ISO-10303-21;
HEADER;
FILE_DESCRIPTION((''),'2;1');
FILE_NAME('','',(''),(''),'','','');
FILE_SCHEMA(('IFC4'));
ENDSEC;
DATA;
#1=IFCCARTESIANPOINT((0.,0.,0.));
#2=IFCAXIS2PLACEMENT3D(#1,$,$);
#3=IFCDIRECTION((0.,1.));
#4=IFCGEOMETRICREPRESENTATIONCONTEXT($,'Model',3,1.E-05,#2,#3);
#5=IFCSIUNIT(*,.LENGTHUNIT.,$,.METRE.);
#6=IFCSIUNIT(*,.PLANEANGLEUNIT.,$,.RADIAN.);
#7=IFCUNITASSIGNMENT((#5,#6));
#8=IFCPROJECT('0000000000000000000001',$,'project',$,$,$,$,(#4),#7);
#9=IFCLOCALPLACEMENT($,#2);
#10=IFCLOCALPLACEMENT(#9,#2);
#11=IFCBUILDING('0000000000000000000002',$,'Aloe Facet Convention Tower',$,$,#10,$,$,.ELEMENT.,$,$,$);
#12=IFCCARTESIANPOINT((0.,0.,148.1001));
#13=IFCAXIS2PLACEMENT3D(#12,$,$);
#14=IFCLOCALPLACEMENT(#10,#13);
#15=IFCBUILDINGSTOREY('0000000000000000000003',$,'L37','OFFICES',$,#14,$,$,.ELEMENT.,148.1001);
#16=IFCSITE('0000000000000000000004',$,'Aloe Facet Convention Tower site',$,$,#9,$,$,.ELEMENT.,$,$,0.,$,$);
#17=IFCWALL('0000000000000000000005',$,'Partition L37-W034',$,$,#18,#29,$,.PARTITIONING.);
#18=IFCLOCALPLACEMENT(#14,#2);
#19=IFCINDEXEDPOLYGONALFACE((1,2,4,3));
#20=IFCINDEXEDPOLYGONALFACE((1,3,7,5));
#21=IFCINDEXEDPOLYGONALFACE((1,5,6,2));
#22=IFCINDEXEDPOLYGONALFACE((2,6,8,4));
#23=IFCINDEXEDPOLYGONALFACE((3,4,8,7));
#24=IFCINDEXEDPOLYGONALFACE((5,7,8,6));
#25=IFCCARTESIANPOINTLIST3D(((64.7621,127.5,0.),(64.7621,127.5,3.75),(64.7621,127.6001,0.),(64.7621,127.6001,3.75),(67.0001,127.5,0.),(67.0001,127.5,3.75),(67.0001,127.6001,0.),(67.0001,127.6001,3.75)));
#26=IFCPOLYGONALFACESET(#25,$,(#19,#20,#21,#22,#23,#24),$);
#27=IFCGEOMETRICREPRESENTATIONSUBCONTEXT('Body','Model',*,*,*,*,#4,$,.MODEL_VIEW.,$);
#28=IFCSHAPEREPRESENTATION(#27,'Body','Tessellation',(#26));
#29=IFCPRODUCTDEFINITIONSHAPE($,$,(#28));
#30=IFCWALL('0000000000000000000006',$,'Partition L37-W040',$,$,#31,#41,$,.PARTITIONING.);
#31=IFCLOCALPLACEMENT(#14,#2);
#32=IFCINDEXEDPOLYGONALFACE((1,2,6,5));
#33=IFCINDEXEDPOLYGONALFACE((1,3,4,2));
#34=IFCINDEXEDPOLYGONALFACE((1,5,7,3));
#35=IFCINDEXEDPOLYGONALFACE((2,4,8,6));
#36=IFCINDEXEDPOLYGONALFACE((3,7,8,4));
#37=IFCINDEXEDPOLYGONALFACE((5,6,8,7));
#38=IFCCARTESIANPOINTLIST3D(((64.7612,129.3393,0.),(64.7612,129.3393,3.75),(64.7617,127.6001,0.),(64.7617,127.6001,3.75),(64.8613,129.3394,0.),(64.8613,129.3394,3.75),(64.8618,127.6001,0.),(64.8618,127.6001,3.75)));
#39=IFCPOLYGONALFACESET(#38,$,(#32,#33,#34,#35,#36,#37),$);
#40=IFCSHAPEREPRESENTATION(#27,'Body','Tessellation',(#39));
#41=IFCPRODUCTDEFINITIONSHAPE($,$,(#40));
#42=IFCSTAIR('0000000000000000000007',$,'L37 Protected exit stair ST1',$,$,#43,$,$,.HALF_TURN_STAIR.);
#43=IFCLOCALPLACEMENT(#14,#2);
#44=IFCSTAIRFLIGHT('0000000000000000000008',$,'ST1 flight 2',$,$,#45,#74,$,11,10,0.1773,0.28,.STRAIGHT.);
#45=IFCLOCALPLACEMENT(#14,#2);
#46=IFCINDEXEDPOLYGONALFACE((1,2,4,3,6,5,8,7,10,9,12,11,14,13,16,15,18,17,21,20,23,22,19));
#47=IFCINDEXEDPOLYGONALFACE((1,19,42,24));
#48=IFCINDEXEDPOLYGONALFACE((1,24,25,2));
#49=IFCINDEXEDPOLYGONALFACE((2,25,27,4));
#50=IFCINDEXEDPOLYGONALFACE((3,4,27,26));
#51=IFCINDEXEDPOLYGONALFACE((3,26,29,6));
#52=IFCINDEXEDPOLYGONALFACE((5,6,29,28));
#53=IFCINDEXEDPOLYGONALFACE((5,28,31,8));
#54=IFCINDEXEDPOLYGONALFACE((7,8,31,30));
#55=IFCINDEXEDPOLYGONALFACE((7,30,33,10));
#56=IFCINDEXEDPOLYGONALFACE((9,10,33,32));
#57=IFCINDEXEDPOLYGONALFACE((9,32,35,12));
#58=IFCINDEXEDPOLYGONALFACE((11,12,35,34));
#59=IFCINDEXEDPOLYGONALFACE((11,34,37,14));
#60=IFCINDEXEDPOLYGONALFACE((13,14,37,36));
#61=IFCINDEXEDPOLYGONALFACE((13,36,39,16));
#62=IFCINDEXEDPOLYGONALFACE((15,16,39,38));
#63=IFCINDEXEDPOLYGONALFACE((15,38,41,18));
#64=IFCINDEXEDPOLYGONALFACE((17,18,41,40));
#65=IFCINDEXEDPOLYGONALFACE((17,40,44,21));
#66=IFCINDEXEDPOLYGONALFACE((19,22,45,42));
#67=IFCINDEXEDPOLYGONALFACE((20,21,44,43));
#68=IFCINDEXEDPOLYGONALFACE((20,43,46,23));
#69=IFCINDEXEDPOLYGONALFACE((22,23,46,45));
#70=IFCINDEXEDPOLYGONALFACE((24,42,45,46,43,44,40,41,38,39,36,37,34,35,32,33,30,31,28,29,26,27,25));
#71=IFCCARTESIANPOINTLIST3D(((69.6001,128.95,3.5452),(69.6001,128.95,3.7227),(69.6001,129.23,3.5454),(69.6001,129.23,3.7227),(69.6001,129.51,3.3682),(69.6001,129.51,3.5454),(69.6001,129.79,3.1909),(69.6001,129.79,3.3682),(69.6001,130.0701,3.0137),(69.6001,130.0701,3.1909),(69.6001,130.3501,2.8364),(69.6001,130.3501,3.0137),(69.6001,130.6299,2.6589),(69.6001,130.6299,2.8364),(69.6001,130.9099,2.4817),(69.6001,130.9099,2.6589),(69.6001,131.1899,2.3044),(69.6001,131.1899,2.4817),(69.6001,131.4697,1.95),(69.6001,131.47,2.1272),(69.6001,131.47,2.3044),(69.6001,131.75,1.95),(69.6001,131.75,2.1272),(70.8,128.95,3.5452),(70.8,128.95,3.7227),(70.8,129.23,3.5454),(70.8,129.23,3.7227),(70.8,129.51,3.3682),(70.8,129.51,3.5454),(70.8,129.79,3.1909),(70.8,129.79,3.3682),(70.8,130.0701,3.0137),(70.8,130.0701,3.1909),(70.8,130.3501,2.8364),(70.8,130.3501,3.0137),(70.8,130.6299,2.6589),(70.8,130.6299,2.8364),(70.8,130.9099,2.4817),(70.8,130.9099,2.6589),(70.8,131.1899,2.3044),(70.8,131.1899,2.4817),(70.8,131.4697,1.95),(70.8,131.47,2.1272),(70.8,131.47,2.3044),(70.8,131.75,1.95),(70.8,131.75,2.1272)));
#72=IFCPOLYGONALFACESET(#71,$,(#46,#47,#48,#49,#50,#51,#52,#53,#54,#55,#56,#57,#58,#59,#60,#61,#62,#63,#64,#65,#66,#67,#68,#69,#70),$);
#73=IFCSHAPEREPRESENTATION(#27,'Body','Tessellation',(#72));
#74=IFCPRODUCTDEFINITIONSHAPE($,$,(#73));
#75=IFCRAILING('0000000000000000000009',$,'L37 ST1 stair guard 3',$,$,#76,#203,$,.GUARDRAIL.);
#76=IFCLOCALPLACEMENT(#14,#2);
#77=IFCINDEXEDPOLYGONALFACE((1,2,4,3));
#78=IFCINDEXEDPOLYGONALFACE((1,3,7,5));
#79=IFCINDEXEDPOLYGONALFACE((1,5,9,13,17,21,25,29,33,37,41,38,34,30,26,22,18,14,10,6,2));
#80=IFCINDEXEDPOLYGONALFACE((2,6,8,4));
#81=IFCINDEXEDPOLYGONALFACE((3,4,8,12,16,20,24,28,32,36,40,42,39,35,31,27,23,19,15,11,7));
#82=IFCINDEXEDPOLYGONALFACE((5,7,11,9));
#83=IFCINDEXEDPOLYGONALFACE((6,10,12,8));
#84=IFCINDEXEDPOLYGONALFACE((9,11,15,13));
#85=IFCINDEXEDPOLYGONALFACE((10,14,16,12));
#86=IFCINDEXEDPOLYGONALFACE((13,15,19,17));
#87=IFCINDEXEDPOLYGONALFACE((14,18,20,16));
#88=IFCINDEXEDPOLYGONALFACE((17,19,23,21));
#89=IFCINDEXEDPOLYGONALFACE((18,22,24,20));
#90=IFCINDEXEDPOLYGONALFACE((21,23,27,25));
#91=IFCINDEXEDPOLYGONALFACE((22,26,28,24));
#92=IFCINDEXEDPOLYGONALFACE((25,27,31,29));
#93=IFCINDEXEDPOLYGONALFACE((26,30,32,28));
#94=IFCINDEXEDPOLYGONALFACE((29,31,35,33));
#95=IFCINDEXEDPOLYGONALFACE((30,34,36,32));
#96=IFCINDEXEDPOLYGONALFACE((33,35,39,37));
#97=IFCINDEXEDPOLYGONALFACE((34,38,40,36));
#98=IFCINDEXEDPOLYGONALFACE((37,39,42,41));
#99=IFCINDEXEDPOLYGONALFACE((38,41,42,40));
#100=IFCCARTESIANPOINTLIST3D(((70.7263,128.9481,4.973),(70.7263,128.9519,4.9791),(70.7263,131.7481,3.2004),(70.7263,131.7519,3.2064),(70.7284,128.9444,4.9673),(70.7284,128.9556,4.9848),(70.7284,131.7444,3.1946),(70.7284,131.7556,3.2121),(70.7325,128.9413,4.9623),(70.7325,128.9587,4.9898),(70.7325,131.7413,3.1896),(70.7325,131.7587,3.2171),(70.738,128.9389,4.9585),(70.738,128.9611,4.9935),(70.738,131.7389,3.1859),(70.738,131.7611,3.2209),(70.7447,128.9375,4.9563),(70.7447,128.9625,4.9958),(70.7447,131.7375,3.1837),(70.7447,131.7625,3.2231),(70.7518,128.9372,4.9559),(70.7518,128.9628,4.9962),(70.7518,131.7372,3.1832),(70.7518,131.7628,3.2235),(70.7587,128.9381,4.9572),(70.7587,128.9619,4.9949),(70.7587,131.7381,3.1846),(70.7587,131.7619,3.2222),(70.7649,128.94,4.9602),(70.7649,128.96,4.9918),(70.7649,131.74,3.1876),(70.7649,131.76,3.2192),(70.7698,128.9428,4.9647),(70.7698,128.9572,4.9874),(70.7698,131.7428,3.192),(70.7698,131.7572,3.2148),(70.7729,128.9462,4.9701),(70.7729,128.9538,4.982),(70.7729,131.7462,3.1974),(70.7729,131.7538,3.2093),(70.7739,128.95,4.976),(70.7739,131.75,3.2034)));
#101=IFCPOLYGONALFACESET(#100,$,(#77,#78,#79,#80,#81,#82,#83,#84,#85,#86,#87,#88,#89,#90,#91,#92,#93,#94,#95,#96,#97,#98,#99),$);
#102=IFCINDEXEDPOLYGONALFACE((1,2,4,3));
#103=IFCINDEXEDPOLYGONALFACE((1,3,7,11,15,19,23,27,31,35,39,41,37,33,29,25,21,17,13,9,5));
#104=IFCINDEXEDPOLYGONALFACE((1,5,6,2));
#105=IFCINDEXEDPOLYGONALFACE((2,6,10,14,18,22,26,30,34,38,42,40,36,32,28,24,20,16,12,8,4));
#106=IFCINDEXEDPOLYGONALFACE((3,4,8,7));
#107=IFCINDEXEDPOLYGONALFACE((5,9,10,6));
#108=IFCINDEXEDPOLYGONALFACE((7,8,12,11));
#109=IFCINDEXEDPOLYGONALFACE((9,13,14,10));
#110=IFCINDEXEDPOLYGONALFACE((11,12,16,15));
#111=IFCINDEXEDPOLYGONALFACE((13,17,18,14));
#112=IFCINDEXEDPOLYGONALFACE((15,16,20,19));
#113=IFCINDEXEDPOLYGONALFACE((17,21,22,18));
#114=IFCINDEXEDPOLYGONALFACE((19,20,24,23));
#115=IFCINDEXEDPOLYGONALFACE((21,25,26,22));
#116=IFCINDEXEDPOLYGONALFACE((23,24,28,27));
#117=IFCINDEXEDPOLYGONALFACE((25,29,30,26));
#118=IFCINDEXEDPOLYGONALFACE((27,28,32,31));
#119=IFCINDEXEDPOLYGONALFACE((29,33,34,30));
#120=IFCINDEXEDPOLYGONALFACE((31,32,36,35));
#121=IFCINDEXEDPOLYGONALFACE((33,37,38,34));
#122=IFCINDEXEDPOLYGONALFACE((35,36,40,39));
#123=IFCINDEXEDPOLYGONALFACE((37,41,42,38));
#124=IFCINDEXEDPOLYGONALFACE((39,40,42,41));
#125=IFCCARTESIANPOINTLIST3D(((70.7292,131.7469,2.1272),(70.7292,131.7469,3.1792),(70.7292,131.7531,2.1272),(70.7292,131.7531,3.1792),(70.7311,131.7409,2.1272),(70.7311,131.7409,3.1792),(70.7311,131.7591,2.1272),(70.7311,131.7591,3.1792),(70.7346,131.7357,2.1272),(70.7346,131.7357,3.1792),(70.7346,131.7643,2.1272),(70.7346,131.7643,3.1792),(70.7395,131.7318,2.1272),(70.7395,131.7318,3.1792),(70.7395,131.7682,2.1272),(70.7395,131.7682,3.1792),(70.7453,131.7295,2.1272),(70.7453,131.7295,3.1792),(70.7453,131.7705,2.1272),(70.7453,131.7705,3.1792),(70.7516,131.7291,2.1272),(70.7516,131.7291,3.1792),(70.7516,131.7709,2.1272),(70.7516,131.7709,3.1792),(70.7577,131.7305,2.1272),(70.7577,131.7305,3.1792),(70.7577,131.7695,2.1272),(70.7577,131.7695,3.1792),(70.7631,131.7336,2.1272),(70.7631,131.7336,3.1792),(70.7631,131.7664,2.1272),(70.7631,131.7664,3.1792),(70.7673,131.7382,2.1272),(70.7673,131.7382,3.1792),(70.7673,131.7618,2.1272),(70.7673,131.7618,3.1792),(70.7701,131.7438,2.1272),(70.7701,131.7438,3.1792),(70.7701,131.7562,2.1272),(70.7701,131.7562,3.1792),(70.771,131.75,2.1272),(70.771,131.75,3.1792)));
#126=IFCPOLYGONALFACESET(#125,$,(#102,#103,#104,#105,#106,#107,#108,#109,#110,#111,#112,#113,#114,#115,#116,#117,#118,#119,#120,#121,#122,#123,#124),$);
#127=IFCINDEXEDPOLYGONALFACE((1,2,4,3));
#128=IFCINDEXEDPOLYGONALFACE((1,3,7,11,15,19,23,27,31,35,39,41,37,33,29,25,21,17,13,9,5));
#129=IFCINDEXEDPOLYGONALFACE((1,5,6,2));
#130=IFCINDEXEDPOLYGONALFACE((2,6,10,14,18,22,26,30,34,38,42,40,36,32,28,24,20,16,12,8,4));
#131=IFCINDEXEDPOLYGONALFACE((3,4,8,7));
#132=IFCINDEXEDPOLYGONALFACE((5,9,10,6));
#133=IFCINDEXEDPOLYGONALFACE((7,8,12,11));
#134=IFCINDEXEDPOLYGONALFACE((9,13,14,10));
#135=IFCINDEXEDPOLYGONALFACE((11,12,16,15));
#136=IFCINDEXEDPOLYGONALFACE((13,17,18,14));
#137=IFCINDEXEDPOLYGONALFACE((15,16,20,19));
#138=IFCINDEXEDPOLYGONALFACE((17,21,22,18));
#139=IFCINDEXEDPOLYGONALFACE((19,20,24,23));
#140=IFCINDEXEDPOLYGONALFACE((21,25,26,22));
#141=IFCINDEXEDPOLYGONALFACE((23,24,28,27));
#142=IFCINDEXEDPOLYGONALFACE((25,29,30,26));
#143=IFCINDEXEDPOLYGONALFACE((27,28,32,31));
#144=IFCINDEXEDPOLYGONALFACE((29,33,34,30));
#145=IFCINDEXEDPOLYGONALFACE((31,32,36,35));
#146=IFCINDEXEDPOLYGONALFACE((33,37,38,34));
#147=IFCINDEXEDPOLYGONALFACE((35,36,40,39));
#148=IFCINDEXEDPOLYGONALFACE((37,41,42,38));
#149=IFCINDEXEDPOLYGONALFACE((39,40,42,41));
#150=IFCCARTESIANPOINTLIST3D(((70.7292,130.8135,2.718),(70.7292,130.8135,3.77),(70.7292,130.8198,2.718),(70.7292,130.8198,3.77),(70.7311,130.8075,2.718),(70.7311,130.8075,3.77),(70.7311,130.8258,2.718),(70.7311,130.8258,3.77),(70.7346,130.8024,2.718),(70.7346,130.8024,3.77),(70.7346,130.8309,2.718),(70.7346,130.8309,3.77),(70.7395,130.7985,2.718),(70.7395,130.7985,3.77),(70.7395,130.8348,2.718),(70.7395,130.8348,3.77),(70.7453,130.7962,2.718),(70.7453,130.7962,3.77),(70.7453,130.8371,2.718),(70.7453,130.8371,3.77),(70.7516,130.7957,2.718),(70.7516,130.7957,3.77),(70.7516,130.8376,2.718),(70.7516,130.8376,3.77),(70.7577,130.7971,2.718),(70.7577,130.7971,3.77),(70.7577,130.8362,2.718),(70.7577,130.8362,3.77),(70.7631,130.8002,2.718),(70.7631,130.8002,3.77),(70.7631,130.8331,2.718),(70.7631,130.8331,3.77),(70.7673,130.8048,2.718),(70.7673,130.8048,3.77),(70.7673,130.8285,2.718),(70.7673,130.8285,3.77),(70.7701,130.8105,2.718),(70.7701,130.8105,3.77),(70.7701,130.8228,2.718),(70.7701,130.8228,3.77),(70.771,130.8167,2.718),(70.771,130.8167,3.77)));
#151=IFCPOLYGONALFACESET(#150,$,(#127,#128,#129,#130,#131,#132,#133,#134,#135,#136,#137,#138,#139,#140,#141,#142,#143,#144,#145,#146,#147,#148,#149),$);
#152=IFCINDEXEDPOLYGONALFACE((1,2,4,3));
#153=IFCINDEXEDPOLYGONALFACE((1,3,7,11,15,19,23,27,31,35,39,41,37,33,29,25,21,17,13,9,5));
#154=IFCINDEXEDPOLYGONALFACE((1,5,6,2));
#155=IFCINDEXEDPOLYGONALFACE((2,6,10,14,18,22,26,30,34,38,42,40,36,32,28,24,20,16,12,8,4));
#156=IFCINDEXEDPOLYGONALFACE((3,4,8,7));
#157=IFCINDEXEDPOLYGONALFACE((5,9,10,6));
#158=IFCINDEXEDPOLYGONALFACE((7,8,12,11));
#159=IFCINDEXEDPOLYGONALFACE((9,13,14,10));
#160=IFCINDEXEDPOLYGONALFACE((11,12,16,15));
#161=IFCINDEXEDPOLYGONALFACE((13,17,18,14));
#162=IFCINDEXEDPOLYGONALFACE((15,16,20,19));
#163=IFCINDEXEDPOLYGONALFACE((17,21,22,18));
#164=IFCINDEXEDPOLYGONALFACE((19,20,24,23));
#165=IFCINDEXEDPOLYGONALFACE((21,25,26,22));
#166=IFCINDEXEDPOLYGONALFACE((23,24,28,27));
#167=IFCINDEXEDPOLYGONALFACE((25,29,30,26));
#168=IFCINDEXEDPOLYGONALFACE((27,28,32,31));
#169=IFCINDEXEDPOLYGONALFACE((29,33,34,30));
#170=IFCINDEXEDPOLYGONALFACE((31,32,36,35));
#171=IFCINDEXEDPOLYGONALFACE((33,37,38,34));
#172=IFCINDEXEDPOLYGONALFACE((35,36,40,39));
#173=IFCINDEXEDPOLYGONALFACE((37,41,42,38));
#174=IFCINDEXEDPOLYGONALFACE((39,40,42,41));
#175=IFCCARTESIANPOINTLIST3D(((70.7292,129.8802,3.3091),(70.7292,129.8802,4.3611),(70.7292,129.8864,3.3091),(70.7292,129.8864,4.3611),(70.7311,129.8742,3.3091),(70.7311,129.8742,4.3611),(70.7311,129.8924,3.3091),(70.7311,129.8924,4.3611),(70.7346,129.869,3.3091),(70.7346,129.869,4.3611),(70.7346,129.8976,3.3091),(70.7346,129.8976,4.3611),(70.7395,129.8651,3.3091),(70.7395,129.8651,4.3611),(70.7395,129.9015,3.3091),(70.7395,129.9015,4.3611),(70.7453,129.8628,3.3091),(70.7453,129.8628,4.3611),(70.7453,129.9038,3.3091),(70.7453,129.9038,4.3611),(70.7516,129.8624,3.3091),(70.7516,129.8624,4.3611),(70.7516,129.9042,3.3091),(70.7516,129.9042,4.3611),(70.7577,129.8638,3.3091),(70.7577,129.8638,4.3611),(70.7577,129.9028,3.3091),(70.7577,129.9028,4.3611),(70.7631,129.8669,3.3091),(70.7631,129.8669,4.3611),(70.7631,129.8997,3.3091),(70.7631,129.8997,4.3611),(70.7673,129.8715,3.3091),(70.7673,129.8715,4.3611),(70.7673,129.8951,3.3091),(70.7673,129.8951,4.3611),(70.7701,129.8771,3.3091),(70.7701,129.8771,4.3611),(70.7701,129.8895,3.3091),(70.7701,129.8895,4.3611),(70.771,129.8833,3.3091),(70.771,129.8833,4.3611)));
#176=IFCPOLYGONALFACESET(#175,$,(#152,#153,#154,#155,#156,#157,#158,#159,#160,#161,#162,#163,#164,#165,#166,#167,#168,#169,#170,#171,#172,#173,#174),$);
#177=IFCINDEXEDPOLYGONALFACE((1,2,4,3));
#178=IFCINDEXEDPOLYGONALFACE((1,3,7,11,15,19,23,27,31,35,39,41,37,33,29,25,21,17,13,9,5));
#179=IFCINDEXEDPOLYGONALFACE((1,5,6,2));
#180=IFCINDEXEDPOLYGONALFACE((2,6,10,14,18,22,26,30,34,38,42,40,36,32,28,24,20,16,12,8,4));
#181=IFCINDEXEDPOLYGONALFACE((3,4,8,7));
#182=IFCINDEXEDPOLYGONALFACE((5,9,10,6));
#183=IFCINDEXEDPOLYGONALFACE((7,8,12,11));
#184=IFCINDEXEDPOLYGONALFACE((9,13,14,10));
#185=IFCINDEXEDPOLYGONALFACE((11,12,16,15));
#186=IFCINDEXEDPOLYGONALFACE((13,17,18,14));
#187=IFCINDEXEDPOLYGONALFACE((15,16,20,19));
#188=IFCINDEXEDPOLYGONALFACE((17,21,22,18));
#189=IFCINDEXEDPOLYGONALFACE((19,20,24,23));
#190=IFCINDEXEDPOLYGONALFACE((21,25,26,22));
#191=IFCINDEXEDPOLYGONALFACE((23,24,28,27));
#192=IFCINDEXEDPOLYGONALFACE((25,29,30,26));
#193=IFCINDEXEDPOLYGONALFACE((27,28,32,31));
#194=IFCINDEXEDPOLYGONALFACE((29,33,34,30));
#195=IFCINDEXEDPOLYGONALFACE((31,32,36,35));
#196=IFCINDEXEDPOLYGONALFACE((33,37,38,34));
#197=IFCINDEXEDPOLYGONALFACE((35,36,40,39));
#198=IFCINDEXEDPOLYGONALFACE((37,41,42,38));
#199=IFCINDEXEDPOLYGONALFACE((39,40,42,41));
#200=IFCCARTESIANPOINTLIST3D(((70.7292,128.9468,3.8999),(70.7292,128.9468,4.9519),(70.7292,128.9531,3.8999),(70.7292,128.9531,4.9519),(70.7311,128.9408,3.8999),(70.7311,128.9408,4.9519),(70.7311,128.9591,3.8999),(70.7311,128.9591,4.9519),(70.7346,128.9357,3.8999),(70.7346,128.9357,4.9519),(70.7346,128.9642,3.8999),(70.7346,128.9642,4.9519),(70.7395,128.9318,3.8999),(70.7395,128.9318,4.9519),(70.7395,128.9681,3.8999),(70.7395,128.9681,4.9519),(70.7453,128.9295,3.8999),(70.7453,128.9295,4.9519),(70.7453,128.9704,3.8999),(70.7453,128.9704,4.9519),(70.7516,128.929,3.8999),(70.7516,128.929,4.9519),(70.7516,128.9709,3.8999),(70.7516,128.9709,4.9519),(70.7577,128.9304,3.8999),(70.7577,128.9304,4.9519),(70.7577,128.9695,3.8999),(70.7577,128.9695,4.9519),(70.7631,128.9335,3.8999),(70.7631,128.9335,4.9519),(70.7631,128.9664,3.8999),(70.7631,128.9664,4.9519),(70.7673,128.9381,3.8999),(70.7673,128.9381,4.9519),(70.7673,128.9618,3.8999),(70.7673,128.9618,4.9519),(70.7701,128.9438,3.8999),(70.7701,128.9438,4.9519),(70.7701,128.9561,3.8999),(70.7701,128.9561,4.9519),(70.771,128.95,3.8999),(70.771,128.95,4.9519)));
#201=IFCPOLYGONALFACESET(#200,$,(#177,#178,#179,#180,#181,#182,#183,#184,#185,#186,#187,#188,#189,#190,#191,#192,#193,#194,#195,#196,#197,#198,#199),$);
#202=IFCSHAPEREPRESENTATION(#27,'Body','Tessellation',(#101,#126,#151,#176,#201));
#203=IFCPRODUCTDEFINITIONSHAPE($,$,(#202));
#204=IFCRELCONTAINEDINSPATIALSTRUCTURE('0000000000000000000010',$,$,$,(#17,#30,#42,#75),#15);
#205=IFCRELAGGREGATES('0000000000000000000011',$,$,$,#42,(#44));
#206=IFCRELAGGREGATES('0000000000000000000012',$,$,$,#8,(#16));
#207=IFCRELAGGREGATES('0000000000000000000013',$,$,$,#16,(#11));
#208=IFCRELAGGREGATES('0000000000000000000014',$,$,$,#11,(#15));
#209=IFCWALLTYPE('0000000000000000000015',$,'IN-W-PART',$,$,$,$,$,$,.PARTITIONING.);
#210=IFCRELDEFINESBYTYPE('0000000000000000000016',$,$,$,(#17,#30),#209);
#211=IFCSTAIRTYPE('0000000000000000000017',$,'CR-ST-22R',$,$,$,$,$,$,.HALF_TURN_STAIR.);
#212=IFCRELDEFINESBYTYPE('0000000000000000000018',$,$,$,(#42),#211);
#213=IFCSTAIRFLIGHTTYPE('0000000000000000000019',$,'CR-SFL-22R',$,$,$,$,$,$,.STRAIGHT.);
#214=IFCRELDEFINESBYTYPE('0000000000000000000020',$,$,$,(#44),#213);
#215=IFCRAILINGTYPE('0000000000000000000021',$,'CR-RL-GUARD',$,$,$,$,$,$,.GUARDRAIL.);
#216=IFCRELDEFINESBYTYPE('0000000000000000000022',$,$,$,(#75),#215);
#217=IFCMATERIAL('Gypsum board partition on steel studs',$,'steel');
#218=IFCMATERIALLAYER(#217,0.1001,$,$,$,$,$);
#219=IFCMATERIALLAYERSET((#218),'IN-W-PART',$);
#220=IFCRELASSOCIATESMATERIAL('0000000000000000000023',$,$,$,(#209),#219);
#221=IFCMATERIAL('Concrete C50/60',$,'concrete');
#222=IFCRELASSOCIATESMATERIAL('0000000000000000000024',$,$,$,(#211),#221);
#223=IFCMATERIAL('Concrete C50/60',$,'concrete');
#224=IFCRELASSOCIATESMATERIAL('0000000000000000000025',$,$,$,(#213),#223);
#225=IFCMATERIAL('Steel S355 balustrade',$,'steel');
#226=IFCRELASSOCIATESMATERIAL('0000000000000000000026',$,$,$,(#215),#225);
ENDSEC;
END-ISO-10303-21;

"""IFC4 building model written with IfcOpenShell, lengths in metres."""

from ifc_helpers import new_model, si_unit, direction, frame, frame_2d, origin, origin_2d, place, context, subcontext, project, spatial, polyline, rectangle, circle, outline, extrude, material, layer, layer_set, type_object, element, aggregate, save


model = new_model("IFC4")

# Units and contexts
model_context = context("Model", 3, precision=1e-05, world=origin(), true_north=direction((0.0, 1.0)))
body_context = subcontext(model_context, "Body", "Model", "MODEL_VIEW")
ifc_project = project(units=[si_unit("LENGTHUNIT", "METRE"), si_unit("PLANEANGLEUNIT", "RADIAN")], contexts=[model_context])

# Site, building, storey
site_placement = place(None, origin())
site = spatial("IfcSite", under=ifc_project, at=site_placement, Name="Aloe Facet Convention Tower site", CompositionType="ELEMENT", RefElevation=0.0)
building_placement = place(site_placement, origin())
building = spatial("IfcBuilding", under=site, at=building_placement, Name="Aloe Facet Convention Tower", CompositionType="ELEMENT")
storey_placement = place(building_placement, frame((0.0, 0.0, 148.1001)))
storey = spatial("IfcBuildingStorey", under=building, at=storey_placement, Name="L37", Description="OFFICES", CompositionType="ELEMENT", Elevation=148.1001)

# Shared definitions
ifc_material_1 = material(Name="Gypsum board partition on steel studs", Category="steel")
ifc_layer_1 = layer(ifc_material_1, 0.1001)
ifc_layer_set_1 = layer_set([ifc_layer_1], Name="IN-W-PART")
wall_type_1 = type_object("IfcWallType", Name="IN-W-PART", PredefinedType="PARTITIONING", material=ifc_layer_set_1)

# Walls
wall_1_placement = place(storey_placement, frame((64.762, 127.55, 0.0), z_axis=(0.0, 0.0, 1.0), x_axis=(1.0, 0.0, 0.0)))
element("IfcWall", 1, at=wall_1_placement, inside=storey, type_object=wall_type_1, Name="Partition L37-W034", PredefinedType="PARTITIONING", context=body_context, shape_type="SweptSolid", body=[
    extrude(rectangle(XDim=2.238, YDim=0.1001, at=frame_2d((1.1191, 0.0))), origin(), (0.0, 0.0, 1.0), 3.75),
])
wall_2_placement = place(storey_placement, frame((64.8118, 127.6001, 0.0), z_axis=(0.0, 0.0, 1.0), x_axis=(-0.000281, 1.0, 0.0)))
element("IfcWall", 2, at=wall_2_placement, inside=storey, type_object=wall_type_1, Name="Partition L37-W040", PredefinedType="PARTITIONING", context=body_context, shape_type="SweptSolid", body=[
    extrude(rectangle(XDim=1.7393, YDim=0.1001, at=frame_2d((0.8696, 0.0))), origin(), (0.0, 0.0, 1.0), 3.75),
])

# Stair, stair flight
ifc_material_2 = material(Name="Concrete C50/60", Category="concrete")
stair_type = type_object("IfcStairType", Name="CR-ST-22R", PredefinedType="HALF_TURN_STAIR", material=ifc_material_2)
stair_placement = place(storey_placement, origin())
stair = element("IfcStair", 3, at=stair_placement, inside=storey, type_object=stair_type, Name="L37 Protected exit stair ST1", PredefinedType="HALF_TURN_STAIR")
ifc_material_3 = material(Name="Concrete C50/60", Category="concrete")
stair_flight_type = type_object("IfcStairFlightType", Name="CR-SFL-22R", PredefinedType="STRAIGHT", material=ifc_material_3)
stair_flight_placement = place(storey_placement, frame((70.2, 131.75, 1.95), z_axis=(0.0, 0.0, 1.0), x_axis=(0.0, -1.0, 0.0)))
stair_flight = element("IfcStairFlight", 4, at=stair_flight_placement, type_object=stair_flight_type, Name="ST1 flight 2", NumberOfRisers=11, NumberOfTreads=10, PredefinedType="STRAIGHT", RiserHeight=0.1773, TreadLength=0.28, context=body_context, shape_type="SweptSolid", body=[
    extrude(outline(polyline([(0.0, 0.0), (0.0, 0.1772), (0.28, 0.1772), (0.28, 0.3545), (0.5601, 0.3545), (0.5601, 0.5317), (0.8401, 0.5317), (0.8401, 0.709), (1.1201, 0.709), (1.1201, 0.8865), (1.3999, 0.8865), (1.3999, 1.0637), (1.6799, 1.0637), (1.6799, 1.241), (1.96, 1.241), (1.96, 1.4182), (2.24, 1.4182), (2.24, 1.5955), (2.52, 1.5955), (2.52, 1.7727), (2.8, 1.7727), (2.8, 1.95), (2.8, 1.5952), (0.2803, 0.0), (0.0, 0.0)])), frame((0.0, 0.6001, 0.0), z_axis=(0.0, -1.0, 0.0), x_axis=(1.0, 0.0, 0.0)), (0.0, 0.0, 1.0), 1.2),
])
aggregate(stair, [stair_flight])

# Railing
ifc_material_4 = material(Name="Steel S355 balustrade", Category="steel")
railing_type_1 = type_object("IfcRailingType", Name="CR-RL-GUARD", PredefinedType="GUARDRAIL", material=ifc_material_4)
railing_1_placement = place(storey_placement, frame((70.75, 131.75, 2.1272)))
element("IfcRailing", 5, at=railing_1_placement, inside=storey, type_object=railing_type_1, Name="L37 ST1 stair guard 3", PredefinedType="GUARDRAIL", context=body_context, shape_type="SweptSolid", body=[
    extrude(circle(Radius=0.0239, at=origin_2d()), frame((0.0, 0.0, 1.0762), z_axis=(0.0, -0.844909, 0.53491), x_axis=(1.0, 0.0, 0.0)), (0.0, 0.0, 1.0), 3.314),
    extrude(circle(Radius=0.021, at=origin_2d()), origin(), (0.0, 0.0, 1.0), 1.052),
    extrude(circle(Radius=0.021, at=origin_2d()), frame((0.0, -0.9333, 0.5908)), (0.0, 0.0, 1.0), 1.052),
    extrude(circle(Radius=0.021, at=origin_2d()), frame((0.0, -1.8667, 1.1819)), (0.0, 0.0, 1.0), 1.052),
    extrude(circle(Radius=0.021, at=origin_2d()), frame((0.0, -2.8, 1.7727)), (0.0, 0.0, 1.0), 1.052),
])

save(model, "model.ifc")
